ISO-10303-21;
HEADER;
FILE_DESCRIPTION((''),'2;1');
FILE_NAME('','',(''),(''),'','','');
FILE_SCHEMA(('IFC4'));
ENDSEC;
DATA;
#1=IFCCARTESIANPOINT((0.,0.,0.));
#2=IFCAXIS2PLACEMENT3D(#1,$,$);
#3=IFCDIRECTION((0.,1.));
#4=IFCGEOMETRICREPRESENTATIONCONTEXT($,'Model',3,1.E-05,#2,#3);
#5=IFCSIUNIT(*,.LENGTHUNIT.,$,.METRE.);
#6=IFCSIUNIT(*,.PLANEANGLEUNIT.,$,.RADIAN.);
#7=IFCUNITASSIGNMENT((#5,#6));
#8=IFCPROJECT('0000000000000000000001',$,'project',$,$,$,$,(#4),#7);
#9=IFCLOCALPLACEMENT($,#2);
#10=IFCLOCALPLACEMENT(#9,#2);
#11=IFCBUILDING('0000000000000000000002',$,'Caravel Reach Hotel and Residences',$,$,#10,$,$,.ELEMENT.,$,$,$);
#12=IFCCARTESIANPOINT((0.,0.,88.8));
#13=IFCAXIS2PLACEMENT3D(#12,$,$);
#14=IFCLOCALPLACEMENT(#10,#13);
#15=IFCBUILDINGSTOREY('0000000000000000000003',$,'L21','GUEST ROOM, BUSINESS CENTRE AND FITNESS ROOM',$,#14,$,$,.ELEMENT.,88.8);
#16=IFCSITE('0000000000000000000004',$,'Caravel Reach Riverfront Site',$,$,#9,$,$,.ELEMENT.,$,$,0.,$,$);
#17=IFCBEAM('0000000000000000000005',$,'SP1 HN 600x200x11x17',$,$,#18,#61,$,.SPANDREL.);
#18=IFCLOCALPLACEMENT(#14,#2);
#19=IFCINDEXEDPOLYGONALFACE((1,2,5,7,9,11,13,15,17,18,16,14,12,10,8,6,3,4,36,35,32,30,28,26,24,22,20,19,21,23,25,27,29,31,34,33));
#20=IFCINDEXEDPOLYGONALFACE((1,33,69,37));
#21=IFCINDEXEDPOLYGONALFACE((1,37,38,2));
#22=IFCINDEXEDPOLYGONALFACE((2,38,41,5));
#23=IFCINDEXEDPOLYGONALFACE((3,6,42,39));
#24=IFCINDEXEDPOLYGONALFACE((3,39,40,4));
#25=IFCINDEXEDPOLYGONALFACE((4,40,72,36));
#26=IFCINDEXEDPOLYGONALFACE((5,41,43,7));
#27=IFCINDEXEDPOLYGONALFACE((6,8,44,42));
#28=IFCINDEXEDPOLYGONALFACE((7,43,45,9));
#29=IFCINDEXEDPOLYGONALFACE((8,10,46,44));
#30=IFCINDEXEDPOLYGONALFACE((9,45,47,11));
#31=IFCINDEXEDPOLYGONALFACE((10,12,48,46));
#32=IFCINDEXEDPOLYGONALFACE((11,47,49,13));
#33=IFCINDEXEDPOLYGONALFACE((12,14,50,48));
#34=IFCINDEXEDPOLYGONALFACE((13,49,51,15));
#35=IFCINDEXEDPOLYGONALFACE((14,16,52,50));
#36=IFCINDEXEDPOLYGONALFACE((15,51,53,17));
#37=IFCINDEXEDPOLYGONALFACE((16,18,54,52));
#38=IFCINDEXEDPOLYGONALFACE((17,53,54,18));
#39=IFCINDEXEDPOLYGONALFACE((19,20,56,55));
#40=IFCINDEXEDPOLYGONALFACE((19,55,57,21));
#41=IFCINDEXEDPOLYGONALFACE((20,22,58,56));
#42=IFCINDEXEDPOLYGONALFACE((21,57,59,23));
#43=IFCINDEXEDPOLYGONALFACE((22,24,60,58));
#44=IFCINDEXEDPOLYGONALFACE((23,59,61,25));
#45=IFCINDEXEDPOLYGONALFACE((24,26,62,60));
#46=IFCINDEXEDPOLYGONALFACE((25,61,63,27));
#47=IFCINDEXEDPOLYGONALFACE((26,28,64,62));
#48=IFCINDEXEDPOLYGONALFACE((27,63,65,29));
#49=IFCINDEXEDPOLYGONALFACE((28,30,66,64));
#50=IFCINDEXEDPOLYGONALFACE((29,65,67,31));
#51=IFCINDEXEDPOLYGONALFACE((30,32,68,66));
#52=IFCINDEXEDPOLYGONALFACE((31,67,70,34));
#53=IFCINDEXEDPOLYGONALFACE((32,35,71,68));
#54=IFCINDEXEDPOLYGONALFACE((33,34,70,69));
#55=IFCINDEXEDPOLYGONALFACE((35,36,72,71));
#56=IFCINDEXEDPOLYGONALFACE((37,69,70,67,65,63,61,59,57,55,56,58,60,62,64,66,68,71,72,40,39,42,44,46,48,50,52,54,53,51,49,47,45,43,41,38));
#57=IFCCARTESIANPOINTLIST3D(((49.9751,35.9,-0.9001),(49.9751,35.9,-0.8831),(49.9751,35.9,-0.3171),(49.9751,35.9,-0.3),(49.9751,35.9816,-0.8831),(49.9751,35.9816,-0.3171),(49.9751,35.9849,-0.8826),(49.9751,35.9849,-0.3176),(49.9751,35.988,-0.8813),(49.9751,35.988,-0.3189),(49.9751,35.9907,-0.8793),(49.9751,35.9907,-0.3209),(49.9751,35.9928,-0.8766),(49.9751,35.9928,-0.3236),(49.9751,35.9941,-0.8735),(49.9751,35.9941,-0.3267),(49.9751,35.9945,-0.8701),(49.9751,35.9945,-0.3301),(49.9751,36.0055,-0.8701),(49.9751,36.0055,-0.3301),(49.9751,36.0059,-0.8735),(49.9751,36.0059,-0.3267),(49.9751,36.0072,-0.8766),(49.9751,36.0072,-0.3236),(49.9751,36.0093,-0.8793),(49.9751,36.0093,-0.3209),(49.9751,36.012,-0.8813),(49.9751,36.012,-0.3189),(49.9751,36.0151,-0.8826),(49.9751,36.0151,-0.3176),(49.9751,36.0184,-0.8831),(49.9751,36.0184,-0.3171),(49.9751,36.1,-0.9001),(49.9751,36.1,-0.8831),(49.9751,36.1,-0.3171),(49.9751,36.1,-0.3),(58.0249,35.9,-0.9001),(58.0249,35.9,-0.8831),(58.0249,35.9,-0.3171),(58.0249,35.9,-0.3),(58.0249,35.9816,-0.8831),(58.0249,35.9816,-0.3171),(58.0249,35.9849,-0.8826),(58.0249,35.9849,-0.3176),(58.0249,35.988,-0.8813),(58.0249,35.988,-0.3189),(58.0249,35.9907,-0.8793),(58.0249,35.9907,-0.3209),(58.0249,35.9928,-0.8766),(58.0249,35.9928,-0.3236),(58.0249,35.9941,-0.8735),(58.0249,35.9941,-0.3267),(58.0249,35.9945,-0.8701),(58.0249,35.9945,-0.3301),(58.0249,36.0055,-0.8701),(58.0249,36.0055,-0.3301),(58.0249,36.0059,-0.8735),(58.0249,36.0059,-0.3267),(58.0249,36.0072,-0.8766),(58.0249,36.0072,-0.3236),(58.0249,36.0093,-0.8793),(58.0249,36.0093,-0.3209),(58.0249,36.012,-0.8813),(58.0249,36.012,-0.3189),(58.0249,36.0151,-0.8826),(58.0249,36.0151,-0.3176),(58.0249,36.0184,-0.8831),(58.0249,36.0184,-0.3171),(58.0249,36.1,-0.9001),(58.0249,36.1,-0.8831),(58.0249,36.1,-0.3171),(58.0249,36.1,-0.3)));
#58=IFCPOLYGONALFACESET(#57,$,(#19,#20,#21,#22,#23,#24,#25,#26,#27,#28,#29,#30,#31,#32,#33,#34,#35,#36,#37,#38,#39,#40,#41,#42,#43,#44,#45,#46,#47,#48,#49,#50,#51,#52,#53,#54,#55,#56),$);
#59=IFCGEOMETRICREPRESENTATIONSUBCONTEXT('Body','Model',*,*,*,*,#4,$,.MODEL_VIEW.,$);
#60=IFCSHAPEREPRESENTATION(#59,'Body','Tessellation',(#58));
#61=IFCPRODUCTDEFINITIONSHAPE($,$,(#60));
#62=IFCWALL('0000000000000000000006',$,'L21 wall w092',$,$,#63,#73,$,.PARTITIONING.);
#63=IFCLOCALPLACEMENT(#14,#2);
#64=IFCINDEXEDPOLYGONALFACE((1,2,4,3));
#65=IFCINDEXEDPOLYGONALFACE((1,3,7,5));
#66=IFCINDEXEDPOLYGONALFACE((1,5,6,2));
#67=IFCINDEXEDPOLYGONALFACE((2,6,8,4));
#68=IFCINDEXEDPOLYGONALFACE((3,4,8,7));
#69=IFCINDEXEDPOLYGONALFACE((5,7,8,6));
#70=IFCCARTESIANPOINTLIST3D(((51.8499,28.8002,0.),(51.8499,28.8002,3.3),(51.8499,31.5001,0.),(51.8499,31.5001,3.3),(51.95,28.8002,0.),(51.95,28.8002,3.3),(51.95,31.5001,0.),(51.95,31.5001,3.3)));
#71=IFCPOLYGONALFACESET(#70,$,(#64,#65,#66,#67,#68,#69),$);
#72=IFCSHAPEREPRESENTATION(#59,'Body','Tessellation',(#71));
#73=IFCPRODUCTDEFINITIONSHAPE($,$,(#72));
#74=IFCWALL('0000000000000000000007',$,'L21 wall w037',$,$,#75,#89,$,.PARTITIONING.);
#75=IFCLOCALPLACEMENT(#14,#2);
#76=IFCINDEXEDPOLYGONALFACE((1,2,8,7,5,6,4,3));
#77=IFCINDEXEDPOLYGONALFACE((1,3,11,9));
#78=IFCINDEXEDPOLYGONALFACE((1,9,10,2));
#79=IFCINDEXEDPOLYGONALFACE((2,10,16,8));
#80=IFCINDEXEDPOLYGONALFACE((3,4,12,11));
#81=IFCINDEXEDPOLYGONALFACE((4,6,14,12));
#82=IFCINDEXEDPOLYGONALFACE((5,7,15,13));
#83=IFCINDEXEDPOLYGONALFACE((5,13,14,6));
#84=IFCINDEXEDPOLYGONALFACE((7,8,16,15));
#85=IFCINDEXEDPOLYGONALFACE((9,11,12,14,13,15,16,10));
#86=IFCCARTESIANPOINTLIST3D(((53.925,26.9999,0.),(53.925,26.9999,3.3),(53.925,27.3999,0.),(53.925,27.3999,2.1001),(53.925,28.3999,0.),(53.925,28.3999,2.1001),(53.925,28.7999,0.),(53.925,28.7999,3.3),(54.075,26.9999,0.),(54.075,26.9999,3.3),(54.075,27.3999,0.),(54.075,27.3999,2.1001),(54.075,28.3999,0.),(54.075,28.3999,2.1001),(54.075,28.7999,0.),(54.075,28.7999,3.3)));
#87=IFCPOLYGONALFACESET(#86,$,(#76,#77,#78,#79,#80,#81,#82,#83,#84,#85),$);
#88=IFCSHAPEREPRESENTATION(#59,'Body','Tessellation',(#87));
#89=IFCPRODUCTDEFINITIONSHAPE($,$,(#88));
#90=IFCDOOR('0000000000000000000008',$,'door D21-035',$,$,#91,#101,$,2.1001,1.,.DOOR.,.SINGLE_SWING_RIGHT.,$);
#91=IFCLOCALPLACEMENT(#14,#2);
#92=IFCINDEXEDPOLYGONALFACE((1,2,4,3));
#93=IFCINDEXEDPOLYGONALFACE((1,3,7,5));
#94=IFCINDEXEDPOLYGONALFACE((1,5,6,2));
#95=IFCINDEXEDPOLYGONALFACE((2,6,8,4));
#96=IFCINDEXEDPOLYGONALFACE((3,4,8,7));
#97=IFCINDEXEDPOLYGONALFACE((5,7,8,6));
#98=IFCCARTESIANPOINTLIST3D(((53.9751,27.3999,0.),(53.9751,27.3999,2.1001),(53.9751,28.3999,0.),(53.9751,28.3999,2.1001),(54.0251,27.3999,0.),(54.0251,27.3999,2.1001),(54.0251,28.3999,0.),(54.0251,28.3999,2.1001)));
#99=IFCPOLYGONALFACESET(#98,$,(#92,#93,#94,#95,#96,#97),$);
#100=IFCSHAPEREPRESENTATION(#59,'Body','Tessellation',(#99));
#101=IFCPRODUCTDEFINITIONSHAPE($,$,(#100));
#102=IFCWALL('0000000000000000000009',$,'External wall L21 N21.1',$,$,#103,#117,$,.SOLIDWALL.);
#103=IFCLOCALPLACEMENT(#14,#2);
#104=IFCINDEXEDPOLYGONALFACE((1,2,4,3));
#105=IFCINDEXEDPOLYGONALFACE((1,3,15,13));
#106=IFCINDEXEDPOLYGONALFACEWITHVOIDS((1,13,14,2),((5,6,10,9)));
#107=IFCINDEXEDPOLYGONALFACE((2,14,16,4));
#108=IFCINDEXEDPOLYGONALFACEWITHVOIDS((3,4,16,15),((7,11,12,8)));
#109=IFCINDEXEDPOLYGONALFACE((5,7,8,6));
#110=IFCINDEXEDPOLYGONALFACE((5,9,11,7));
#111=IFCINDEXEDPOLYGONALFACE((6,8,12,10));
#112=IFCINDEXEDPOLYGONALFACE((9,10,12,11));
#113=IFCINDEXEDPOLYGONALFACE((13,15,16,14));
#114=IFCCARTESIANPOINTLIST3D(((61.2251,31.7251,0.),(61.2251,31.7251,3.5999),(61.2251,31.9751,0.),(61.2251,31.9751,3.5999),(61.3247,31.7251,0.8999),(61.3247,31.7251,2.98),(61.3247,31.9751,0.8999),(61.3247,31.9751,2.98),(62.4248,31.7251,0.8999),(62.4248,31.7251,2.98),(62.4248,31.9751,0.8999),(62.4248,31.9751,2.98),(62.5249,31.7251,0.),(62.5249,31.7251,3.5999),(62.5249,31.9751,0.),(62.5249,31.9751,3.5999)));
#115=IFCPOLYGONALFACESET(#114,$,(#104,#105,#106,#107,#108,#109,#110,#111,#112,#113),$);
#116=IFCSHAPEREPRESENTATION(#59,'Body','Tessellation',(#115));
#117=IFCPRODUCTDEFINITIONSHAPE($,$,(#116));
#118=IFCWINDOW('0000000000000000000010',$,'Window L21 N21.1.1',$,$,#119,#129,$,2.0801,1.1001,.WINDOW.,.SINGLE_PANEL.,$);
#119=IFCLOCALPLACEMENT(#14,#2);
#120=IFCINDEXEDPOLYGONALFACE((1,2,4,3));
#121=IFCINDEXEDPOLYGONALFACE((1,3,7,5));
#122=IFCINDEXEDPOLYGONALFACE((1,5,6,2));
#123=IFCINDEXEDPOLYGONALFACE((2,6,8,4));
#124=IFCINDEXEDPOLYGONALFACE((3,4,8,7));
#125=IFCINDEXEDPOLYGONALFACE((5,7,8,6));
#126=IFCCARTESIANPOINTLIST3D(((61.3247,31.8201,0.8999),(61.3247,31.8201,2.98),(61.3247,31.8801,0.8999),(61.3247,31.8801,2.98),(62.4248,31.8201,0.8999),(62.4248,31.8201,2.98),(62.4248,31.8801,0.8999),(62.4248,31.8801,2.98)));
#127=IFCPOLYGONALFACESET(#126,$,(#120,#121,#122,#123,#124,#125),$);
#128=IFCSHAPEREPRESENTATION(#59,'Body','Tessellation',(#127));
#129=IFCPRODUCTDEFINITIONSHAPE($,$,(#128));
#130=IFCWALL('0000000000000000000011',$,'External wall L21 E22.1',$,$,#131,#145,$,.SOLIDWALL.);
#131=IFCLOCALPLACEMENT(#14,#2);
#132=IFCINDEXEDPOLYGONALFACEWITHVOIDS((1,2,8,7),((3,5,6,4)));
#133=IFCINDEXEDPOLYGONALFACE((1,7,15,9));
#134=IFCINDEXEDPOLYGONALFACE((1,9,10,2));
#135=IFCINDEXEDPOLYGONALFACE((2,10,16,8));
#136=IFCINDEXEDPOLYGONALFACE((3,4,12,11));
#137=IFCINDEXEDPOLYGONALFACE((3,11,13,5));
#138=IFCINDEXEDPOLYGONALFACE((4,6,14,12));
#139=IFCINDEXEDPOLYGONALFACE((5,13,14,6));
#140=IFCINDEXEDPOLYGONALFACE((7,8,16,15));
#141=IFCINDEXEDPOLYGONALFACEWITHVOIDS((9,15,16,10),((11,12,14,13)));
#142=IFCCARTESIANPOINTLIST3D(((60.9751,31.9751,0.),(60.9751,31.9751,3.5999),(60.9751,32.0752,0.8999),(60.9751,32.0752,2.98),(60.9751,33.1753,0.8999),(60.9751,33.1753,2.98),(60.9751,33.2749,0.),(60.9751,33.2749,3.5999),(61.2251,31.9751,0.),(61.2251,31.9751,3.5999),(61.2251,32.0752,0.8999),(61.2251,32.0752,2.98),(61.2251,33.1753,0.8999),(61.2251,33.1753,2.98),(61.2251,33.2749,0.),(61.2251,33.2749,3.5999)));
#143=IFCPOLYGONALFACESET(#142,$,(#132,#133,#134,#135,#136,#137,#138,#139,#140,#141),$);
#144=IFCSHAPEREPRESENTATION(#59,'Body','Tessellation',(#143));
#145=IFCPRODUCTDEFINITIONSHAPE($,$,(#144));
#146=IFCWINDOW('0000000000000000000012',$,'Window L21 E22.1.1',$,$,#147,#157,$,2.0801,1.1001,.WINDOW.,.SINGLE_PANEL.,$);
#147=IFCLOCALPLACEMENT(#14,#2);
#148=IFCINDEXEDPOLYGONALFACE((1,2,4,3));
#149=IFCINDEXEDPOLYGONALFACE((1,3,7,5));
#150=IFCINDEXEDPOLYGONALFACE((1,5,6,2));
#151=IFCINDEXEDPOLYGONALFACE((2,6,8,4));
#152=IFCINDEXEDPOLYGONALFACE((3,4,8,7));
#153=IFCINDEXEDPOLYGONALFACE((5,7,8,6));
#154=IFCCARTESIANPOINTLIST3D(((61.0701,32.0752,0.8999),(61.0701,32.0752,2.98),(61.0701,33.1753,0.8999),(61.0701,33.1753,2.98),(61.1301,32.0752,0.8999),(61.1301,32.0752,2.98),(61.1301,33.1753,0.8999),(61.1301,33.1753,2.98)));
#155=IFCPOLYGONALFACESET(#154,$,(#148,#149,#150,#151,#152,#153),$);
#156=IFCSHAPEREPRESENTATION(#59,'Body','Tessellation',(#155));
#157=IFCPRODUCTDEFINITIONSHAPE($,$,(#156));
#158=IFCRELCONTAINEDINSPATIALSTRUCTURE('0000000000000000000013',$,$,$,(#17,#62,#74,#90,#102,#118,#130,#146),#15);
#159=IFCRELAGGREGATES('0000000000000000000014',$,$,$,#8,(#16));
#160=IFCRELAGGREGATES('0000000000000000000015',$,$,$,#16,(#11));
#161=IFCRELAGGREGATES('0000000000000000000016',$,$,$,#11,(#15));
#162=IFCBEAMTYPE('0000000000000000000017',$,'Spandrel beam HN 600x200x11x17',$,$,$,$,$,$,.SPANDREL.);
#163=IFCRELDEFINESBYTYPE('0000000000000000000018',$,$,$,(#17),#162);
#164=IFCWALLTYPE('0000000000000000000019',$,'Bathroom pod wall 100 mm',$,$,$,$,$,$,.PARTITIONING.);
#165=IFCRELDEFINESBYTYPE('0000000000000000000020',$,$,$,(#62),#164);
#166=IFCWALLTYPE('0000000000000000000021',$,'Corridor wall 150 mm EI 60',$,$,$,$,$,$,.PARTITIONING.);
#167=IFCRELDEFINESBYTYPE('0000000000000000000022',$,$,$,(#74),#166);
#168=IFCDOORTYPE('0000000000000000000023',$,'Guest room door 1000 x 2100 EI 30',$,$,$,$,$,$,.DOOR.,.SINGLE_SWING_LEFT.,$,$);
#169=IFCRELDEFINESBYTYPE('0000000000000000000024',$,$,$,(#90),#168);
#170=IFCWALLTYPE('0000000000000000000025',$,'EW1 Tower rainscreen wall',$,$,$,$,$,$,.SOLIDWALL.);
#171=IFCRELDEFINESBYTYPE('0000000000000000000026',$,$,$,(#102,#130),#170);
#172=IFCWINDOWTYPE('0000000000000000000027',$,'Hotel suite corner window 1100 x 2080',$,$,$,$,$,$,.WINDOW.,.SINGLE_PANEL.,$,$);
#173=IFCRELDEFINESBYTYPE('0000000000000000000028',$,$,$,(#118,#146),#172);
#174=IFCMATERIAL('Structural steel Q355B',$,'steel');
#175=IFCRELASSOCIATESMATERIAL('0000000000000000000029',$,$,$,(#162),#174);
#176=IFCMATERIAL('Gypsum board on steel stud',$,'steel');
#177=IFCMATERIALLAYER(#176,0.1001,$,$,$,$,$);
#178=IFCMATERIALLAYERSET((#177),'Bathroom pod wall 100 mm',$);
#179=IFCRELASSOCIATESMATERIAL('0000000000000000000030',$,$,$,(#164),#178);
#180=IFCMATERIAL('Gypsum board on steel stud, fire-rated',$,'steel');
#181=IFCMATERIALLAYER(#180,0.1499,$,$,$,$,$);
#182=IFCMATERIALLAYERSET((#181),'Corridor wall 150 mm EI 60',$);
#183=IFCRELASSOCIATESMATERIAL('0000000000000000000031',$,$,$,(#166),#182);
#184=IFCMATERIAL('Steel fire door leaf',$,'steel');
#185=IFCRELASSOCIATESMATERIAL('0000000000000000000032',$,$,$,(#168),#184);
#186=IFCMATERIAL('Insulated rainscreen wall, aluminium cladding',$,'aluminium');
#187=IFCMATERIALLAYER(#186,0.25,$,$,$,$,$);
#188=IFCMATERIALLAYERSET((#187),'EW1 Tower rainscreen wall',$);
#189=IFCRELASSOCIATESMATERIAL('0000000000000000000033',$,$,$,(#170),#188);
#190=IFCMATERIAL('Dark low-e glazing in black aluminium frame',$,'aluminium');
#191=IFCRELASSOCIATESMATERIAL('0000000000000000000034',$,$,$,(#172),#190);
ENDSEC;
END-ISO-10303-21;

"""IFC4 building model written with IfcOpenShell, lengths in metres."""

from ifc_helpers import new_model, si_unit, direction, frame, frame_2d, origin, origin_2d, place, context, subcontext, project, spatial, rectangle, i_section, extrude, material, layer, layer_set, material_profile, profile_set, type_object, element, fill, save


model = new_model("IFC4")

# Units and contexts
model_context = context("Model", 3, precision=1e-05, world=origin(), true_north=direction((0.0, 1.0)))
body_context = subcontext(model_context, "Body", "Model", "MODEL_VIEW")
ifc_project = project(units=[si_unit("LENGTHUNIT", "METRE"), si_unit("PLANEANGLEUNIT", "RADIAN")], contexts=[model_context])

# Site, building, storey
site_placement = place(None, origin())
site = spatial("IfcSite", under=ifc_project, at=site_placement, Name="Caravel Reach Riverfront Site", CompositionType="ELEMENT", RefElevation=0.0)
building_placement = place(site_placement, origin())
building = spatial("IfcBuilding", under=site, at=building_placement, Name="Caravel Reach Hotel and Residences", CompositionType="ELEMENT")
storey_placement = place(building_placement, frame((0.0, 0.0, 88.8)))
storey = spatial("IfcBuildingStorey", under=building, at=storey_placement, Name="L21", Description="GUEST ROOM, BUSINESS CENTRE AND FITNESS ROOM", CompositionType="ELEMENT", Elevation=88.8)

# Beam
ifc_material_1 = material(Name="Structural steel Q355B", Category="steel")
ifc_material_profile_1 = material_profile(ifc_material_1, i_section(OverallWidth=0.2, OverallDepth=0.6001, WebThickness=0.011, FlangeThickness=0.0171, FilletRadius=0.0129, at=origin_2d()), Name="HN 600x200x11x17")
ifc_profile_set_1 = profile_set([ifc_material_profile_1], Name="Structural steel Q355B")
beam_type_1 = type_object("IfcBeamType", Name="Spandrel beam HN 600x200x11x17", PredefinedType="SPANDREL", material=ifc_profile_set_1)
beam_1_placement = place(storey_placement, frame((58.0249, 36.0, -0.6001), z_axis=(-1.0, 0.0, 0.0), x_axis=(0.0, -1.0, 0.0)))
element("IfcBeam", 1, at=beam_1_placement, inside=storey, type_object=beam_type_1, Name="SP1 HN 600x200x11x17", PredefinedType="SPANDREL", context=body_context, shape_type="SweptSolid", body=[
    extrude(i_section(OverallWidth=0.2, OverallDepth=0.6001, WebThickness=0.011, FlangeThickness=0.0171, FilletRadius=0.0129, at=origin_2d()), origin(), (0.0, 0.0, 1.0), 8.0498),
])

# Wall
ifc_material_2 = material(Name="Gypsum board on steel stud", Category="steel")
ifc_layer_1 = layer(ifc_material_2, 0.1001)
ifc_layer_set_1 = layer_set([ifc_layer_1], Name="Bathroom pod wall 100 mm")
wall_type_1 = type_object("IfcWallType", Name="Bathroom pod wall 100 mm", PredefinedType="PARTITIONING", material=ifc_layer_set_1)
wall_1_placement = place(storey_placement, frame((51.8999, 28.8, 0.0), z_axis=(0.0, 0.0, 1.0), x_axis=(0.0, 1.0, 0.0)))
element("IfcWall", 2, at=wall_1_placement, inside=storey, type_object=wall_type_1, Name="L21 wall w092", PredefinedType="PARTITIONING", context=body_context, shape_type="SweptSolid", body=[
    extrude(rectangle(XDim=2.7, YDim=0.1001, at=frame_2d((1.3501, 0.0))), origin(), (0.0, 0.0, 1.0), 3.3),
])

# Wall, opening, door
ifc_material_3 = material(Name="Gypsum board on steel stud, fire-rated", Category="steel")
ifc_layer_2 = layer(ifc_material_3, 0.1499)
ifc_layer_set_2 = layer_set([ifc_layer_2], Name="Corridor wall 150 mm EI 60")
wall_type_2 = type_object("IfcWallType", Name="Corridor wall 150 mm EI 60", PredefinedType="PARTITIONING", material=ifc_layer_set_2)
wall_2_placement = place(storey_placement, frame((54.0, 27.0, 0.0), z_axis=(0.0, 0.0, 1.0), x_axis=(0.0, 1.0, 0.0)))
wall_2 = element("IfcWall", 3, at=wall_2_placement, inside=storey, type_object=wall_type_2, Name="L21 wall w037", PredefinedType="PARTITIONING", context=body_context, shape_type="SweptSolid", body=[
    extrude(rectangle(XDim=1.8, YDim=0.1499, at=frame_2d((0.8999, 0.0))), origin(), (0.0, 0.0, 1.0), 3.3),
])
opening_1_placement = place(wall_2_placement, frame((0.3999, 0.0, 0.0)))
opening_1 = element("IfcOpeningElement", 4, at=opening_1_placement, cuts=wall_2, PredefinedType="OPENING", context=body_context, shape_type="SweptSolid", body=[
    extrude(rectangle(XDim=1.0, YDim=2.1001, at=frame_2d((0.5, 1.05))), frame((0.0, 0.085, 0.0), z_axis=(0.0, -1.0, 0.0), x_axis=(1.0, 0.0, 0.0)), (0.0, 0.0, 1.0), 0.1699),
])
ifc_material_4 = material(Name="Steel fire door leaf", Category="steel")
door_type = type_object("IfcDoorType", Name="Guest room door 1000 x 2100 EI 30", OperationType="SINGLE_SWING_LEFT", PredefinedType="DOOR", material=ifc_material_4)
door_placement = place(opening_1_placement, origin())
door = element("IfcDoor", 5, at=door_placement, inside=storey, type_object=door_type, Name="door D21-035", OperationType="SINGLE_SWING_RIGHT", OverallHeight=2.1001, OverallWidth=1.0, PredefinedType="DOOR", context=body_context, shape_type="SweptSolid", body=[
    extrude(rectangle(XDim=1.0, YDim=2.1001, at=frame_2d((0.5, 1.05))), frame((0.0, 0.0249, 0.0), z_axis=(0.0, -1.0, 0.0), x_axis=(1.0, 0.0, 0.0)), (0.0, 0.0, 1.0), 0.05),
])
fill(opening_1, door)

# Walls, openings, windows
ifc_material_5 = material(Name="Insulated rainscreen wall, aluminium cladding", Category="aluminium")
ifc_layer_3 = layer(ifc_material_5, 0.25)
ifc_layer_set_3 = layer_set([ifc_layer_3], Name="EW1 Tower rainscreen wall")
wall_type_3 = type_object("IfcWallType", Name="EW1 Tower rainscreen wall", PredefinedType="SOLIDWALL", material=ifc_layer_set_3)
wall_3_placement = place(storey_placement, frame((62.5249, 31.8501, 0.0), z_axis=(0.0, 0.0, 1.0), x_axis=(-1.0, 0.0, 0.0)))
wall_3 = element("IfcWall", 6, at=wall_3_placement, inside=storey, type_object=wall_type_3, Name="External wall L21 N21.1", PredefinedType="SOLIDWALL", context=body_context, shape_type="SweptSolid", body=[
    extrude(rectangle(XDim=1.2998, YDim=0.25, at=frame_2d((0.6499, 0.0))), origin(), (0.0, 0.0, 1.0), 3.5999),
])
opening_2_placement = place(wall_3_placement, frame((0.1001, 0.0, 0.8999)))
opening_2 = element("IfcOpeningElement", 7, at=opening_2_placement, cuts=wall_3, PredefinedType="OPENING", context=body_context, shape_type="SweptSolid", body=[
    extrude(rectangle(XDim=1.1001, YDim=2.0801, at=frame_2d((0.55, 1.04))), frame((0.0, 0.135, 0.0), z_axis=(0.0, -1.0, 0.0), x_axis=(1.0, 0.0, 0.0)), (0.0, 0.0, 1.0), 0.27),
])
ifc_material_6 = material(Name="Dark low-e glazing in black aluminium frame", Category="aluminium")
window_type_1 = type_object("IfcWindowType", Name="Hotel suite corner window 1100 x 2080", PartitioningType="SINGLE_PANEL", PredefinedType="WINDOW", material=ifc_material_6)
window_1_placement = place(opening_2_placement, origin())
window_1 = element("IfcWindow", 8, at=window_1_placement, inside=storey, type_object=window_type_1, Name="Window L21 N21.1.1", OverallHeight=2.0801, OverallWidth=1.1001, PartitioningType="SINGLE_PANEL", PredefinedType="WINDOW", context=body_context, shape_type="SweptSolid", body=[
    extrude(rectangle(XDim=1.1001, YDim=2.0801, at=frame_2d((0.55, 1.04))), frame((0.0, 0.03, 0.0), z_axis=(0.0, -1.0, 0.0), x_axis=(1.0, 0.0, 0.0)), (0.0, 0.0, 1.0), 0.0601),
])
fill(opening_2, window_1)
wall_4_placement = place(storey_placement, frame((61.1001, 31.9751, 0.0), z_axis=(0.0, 0.0, 1.0), x_axis=(0.0, 1.0, 0.0)))
wall_4 = element("IfcWall", 9, at=wall_4_placement, inside=storey, type_object=wall_type_3, Name="External wall L21 E22.1", PredefinedType="SOLIDWALL", context=body_context, shape_type="SweptSolid", body=[
    extrude(rectangle(XDim=1.2998, YDim=0.25, at=frame_2d((0.6499, 0.0))), origin(), (0.0, 0.0, 1.0), 3.5999),
])
opening_3_placement = place(wall_4_placement, frame((0.1001, 0.0, 0.8999)))
opening_3 = element("IfcOpeningElement", 10, at=opening_3_placement, cuts=wall_4, PredefinedType="OPENING", context=body_context, shape_type="SweptSolid", body=[
    extrude(rectangle(XDim=1.1001, YDim=2.0801, at=frame_2d((0.55, 1.04))), frame((0.0, 0.135, 0.0), z_axis=(0.0, -1.0, 0.0), x_axis=(1.0, 0.0, 0.0)), (0.0, 0.0, 1.0), 0.27),
])
window_2_placement = place(opening_3_placement, origin())
window_2 = element("IfcWindow", 11, at=window_2_placement, inside=storey, type_object=window_type_1, Name="Window L21 E22.1.1", OverallHeight=2.0801, OverallWidth=1.1001, PartitioningType="SINGLE_PANEL", PredefinedType="WINDOW", context=body_context, shape_type="SweptSolid", body=[
    extrude(rectangle(XDim=1.1001, YDim=2.0801, at=frame_2d((0.55, 1.04))), frame((0.0, 0.03, 0.0), z_axis=(0.0, -1.0, 0.0), x_axis=(1.0, 0.0, 0.0)), (0.0, 0.0, 1.0), 0.0601),
])
fill(opening_3, window_2)

save(model, "model.ifc")
